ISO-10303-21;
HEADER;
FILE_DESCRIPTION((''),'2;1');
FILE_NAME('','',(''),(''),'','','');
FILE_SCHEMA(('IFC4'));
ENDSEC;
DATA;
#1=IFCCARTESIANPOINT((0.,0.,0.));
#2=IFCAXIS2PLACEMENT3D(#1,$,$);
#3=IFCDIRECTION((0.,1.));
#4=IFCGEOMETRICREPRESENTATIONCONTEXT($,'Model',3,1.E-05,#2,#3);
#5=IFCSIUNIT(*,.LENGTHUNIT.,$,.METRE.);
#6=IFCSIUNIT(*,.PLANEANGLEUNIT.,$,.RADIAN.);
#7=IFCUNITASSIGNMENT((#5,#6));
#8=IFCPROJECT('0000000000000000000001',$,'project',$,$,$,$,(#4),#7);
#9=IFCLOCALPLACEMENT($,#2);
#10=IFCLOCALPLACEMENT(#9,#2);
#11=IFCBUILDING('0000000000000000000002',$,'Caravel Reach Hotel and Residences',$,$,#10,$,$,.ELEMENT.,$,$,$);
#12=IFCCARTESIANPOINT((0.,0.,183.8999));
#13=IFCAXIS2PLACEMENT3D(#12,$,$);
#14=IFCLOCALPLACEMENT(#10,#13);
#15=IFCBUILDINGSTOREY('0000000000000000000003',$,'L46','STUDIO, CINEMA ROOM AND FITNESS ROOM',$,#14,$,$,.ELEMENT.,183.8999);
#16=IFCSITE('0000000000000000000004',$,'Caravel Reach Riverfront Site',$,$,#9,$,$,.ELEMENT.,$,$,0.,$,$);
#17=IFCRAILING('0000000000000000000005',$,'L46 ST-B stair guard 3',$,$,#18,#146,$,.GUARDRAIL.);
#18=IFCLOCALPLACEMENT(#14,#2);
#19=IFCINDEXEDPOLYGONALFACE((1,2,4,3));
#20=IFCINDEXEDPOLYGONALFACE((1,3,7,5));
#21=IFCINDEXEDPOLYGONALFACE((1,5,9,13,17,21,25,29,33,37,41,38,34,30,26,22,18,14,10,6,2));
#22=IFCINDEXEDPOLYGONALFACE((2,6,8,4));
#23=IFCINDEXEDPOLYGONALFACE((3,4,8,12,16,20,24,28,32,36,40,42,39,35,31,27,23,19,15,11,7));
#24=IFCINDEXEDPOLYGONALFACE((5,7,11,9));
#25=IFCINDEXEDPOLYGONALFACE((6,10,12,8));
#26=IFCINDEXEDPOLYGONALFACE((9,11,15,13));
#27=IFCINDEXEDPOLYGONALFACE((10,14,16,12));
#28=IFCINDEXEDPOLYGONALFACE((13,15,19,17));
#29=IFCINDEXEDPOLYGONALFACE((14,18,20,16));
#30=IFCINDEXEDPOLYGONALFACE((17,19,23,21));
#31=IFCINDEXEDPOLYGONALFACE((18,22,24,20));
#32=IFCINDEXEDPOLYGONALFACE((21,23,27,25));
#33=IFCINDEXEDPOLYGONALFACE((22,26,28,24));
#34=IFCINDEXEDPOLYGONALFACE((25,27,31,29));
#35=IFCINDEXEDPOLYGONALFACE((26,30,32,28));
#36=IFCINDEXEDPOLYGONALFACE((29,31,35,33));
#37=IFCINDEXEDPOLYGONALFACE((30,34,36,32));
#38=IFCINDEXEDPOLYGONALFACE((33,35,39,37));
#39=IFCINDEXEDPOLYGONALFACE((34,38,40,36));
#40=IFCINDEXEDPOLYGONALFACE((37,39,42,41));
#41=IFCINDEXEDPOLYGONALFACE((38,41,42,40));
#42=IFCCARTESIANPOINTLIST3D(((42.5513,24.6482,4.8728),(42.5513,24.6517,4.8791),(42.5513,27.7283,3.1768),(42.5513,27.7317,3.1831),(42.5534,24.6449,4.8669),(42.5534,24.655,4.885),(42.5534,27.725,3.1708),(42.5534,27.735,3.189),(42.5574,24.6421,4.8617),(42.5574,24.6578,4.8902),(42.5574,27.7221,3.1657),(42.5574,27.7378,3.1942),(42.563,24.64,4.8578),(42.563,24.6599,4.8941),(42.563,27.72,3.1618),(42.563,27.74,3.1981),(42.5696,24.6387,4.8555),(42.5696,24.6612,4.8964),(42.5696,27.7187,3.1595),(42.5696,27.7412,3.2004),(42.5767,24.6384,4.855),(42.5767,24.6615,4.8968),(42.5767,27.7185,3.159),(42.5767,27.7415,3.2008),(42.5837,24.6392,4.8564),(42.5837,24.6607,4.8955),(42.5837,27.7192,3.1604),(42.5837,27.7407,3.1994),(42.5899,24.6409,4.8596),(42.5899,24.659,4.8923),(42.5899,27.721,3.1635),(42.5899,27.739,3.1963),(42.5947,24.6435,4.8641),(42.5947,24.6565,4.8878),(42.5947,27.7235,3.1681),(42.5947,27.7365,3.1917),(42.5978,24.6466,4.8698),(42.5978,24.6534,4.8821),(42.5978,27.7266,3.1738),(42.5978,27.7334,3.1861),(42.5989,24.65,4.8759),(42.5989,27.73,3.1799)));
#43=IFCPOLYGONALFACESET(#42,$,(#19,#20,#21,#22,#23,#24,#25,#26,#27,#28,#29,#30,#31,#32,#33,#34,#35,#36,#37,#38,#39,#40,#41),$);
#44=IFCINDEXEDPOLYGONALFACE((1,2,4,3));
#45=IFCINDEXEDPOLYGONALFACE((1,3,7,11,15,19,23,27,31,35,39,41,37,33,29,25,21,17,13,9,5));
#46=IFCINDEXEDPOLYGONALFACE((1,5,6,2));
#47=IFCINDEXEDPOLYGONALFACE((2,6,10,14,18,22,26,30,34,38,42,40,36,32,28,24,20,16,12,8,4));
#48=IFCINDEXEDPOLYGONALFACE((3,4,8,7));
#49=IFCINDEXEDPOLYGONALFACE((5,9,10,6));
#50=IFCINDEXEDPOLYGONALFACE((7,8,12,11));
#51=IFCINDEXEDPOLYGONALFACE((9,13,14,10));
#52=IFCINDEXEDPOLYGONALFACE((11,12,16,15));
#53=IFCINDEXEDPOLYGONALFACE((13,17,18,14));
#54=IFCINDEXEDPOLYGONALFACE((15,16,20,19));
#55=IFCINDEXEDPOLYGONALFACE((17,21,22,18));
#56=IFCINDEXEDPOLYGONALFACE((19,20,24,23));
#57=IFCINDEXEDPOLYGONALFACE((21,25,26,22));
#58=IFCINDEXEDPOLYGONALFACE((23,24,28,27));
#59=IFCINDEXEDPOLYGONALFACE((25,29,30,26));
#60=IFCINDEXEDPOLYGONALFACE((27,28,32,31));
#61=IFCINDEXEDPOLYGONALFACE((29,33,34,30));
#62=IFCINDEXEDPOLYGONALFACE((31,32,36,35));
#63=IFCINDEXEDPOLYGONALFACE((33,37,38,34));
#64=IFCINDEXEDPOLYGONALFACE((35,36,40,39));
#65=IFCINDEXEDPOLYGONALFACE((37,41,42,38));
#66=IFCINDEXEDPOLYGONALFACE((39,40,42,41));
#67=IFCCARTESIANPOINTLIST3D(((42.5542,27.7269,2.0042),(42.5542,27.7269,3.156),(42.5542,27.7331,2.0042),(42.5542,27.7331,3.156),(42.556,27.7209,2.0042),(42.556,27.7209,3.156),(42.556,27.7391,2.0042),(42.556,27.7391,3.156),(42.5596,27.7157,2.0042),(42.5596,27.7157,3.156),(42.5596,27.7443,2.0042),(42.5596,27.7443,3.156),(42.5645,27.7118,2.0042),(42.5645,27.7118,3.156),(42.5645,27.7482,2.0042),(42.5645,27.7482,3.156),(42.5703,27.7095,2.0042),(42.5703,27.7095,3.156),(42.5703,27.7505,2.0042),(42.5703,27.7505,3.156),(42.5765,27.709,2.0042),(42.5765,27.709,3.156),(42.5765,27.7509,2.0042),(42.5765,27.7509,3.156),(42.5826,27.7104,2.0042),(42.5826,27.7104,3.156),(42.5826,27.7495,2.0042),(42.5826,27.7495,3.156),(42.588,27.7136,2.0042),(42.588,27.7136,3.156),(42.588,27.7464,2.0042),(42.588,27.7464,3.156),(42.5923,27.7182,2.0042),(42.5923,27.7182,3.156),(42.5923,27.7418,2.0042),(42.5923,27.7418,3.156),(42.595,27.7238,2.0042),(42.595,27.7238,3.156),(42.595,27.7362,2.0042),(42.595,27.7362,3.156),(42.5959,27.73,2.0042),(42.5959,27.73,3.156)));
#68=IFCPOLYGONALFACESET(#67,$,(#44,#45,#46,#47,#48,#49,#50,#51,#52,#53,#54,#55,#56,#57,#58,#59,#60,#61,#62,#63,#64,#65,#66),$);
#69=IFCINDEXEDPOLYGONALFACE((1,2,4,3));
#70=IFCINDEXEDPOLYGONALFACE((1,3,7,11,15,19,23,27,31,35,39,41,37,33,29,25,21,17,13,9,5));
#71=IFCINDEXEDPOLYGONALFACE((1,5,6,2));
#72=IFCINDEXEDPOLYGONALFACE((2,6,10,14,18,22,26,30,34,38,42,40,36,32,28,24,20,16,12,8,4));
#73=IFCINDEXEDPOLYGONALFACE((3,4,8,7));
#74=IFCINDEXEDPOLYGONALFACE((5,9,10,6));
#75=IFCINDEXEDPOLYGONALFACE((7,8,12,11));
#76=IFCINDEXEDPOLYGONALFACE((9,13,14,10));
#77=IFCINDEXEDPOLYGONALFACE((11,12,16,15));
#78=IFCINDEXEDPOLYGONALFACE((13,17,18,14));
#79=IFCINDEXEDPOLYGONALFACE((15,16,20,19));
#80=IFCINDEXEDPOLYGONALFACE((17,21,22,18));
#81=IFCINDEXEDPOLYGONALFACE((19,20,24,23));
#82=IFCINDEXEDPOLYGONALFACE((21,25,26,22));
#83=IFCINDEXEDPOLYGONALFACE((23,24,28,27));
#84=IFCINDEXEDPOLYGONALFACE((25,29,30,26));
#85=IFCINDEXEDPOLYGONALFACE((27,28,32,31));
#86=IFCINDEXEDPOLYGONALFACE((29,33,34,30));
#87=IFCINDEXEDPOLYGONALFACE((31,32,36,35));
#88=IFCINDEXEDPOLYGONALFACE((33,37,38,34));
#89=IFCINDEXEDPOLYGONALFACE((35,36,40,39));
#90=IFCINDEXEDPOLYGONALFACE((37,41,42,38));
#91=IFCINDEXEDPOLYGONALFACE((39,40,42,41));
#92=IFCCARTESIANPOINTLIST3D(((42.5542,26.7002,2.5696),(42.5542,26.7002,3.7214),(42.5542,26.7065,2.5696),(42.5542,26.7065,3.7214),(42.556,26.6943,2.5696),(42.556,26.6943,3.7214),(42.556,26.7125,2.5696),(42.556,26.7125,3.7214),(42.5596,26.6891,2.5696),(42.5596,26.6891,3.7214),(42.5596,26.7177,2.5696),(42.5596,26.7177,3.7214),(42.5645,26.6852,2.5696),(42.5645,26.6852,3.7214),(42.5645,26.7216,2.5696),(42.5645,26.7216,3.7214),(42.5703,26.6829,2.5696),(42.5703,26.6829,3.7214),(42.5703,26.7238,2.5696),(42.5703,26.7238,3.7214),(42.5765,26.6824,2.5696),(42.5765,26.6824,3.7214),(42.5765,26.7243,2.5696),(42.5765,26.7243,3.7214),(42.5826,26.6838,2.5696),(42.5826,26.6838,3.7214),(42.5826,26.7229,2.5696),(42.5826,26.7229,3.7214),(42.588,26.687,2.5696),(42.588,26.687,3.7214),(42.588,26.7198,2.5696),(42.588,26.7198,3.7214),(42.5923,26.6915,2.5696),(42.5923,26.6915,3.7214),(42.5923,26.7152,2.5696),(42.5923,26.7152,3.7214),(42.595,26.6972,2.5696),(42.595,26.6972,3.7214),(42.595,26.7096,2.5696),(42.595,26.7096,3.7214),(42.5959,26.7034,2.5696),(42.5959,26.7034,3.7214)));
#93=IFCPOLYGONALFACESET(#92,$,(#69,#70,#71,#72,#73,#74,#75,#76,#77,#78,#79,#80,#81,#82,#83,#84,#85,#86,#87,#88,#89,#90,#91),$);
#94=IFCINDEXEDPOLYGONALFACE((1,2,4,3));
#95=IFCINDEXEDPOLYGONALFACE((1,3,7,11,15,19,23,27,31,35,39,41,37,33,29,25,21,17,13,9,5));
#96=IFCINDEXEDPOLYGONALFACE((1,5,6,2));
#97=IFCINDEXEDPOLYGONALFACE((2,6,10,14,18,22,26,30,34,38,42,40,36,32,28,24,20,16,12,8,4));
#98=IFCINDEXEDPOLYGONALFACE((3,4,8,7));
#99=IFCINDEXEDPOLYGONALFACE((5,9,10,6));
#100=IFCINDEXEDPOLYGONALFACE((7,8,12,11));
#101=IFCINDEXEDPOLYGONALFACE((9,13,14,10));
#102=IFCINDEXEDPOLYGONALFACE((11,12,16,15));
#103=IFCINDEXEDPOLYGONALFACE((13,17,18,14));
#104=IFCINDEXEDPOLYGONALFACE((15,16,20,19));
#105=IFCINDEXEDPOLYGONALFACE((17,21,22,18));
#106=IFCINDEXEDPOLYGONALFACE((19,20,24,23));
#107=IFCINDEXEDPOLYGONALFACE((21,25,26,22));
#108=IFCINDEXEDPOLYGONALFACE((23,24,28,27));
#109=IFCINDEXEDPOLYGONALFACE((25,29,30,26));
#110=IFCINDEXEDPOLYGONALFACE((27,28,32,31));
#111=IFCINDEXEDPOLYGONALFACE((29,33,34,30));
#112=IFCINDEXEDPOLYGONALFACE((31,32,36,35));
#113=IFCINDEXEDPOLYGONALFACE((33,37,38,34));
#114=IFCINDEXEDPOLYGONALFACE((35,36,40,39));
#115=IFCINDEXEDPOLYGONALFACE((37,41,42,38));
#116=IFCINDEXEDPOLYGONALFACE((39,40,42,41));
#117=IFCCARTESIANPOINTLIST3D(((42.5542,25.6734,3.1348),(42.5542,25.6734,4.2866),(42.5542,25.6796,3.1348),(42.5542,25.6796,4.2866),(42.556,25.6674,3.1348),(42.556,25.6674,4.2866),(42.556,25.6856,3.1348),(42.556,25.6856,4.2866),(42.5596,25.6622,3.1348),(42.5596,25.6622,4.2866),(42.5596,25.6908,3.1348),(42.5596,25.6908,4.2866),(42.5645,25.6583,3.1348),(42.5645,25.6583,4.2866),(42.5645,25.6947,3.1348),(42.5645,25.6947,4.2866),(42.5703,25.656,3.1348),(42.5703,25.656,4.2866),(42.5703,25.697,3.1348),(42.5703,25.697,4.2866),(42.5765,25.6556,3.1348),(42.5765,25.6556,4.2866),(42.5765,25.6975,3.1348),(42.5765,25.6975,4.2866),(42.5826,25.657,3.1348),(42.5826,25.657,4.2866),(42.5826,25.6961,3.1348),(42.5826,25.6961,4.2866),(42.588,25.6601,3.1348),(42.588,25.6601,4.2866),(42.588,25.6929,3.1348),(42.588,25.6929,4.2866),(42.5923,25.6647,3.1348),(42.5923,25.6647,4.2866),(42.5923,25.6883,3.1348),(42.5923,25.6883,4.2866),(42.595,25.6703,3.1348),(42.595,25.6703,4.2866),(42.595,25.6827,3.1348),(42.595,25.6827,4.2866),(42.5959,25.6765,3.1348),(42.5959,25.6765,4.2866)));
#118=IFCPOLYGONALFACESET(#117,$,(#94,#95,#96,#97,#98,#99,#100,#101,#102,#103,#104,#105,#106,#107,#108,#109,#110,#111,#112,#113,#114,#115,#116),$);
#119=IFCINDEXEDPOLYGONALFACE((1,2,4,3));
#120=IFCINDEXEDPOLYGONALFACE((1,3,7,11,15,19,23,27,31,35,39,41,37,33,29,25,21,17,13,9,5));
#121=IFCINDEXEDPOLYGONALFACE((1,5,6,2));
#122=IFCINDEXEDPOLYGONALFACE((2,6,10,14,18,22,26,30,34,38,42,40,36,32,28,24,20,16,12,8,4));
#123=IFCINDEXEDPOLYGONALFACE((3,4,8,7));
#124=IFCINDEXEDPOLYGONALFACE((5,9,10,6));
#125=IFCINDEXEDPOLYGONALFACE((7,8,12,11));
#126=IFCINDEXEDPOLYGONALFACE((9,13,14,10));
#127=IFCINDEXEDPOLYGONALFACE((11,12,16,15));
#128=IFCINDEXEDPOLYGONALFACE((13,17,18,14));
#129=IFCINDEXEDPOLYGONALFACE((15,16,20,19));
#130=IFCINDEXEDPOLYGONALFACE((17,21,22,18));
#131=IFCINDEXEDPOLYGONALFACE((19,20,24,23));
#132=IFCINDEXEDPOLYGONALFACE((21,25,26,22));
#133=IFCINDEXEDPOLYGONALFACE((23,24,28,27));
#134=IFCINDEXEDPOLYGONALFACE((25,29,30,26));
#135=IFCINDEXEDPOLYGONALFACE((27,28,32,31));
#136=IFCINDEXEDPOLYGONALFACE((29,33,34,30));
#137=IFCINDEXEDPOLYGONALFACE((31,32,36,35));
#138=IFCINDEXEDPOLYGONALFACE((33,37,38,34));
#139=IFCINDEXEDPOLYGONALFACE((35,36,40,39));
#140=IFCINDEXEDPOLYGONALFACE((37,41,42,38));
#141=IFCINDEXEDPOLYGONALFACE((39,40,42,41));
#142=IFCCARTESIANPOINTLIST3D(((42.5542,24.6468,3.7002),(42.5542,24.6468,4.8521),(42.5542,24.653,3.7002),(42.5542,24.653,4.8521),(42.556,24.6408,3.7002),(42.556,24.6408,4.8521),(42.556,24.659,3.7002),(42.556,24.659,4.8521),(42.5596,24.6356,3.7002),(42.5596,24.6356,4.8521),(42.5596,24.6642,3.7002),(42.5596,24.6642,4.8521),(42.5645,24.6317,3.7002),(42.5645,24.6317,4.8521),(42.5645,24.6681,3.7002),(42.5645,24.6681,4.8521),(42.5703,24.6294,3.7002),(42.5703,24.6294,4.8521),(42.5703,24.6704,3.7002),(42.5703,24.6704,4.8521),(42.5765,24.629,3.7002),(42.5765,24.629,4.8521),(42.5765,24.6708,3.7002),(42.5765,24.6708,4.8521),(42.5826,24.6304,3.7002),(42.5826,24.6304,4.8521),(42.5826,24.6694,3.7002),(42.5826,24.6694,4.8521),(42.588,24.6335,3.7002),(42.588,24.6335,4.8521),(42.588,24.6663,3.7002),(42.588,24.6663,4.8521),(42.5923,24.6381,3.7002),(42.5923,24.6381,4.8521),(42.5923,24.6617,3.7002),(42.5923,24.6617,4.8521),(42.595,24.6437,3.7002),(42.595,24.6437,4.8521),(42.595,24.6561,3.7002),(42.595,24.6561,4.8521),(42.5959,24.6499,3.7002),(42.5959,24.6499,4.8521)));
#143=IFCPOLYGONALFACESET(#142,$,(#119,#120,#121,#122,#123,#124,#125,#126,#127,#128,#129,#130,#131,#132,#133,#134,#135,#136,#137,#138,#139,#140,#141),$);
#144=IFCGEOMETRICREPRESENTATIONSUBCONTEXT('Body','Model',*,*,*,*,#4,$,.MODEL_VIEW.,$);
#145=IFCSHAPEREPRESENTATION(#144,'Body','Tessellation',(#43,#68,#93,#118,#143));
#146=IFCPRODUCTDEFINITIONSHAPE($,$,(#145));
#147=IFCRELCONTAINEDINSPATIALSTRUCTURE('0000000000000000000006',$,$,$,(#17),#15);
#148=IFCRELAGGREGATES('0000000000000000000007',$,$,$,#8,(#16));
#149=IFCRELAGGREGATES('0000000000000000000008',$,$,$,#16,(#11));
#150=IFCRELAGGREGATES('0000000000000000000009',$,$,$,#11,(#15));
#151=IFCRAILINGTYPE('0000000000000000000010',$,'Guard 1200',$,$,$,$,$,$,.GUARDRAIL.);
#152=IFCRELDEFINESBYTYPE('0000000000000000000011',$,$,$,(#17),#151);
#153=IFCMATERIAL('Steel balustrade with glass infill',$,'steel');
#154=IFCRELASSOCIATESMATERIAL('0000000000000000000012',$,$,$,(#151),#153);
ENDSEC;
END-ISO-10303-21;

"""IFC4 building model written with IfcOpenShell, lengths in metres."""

from ifc_helpers import new_model, si_unit, direction, frame, origin, origin_2d, place, context, subcontext, project, spatial, circle, extrude, material, type_object, element, save


model = new_model("IFC4")

# Units and contexts
model_context = context("Model", 3, precision=1e-05, world=origin(), true_north=direction((0.0, 1.0)))
body_context = subcontext(model_context, "Body", "Model", "MODEL_VIEW")
ifc_project = project(units=[si_unit("LENGTHUNIT", "METRE"), si_unit("PLANEANGLEUNIT", "RADIAN")], contexts=[model_context])

# Site, building, storey
site_placement = place(None, origin())
site = spatial("IfcSite", under=ifc_project, at=site_placement, Name="Caravel Reach Riverfront Site", CompositionType="ELEMENT", RefElevation=0.0)
building_placement = place(site_placement, origin())
building = spatial("IfcBuilding", under=site, at=building_placement, Name="Caravel Reach Hotel and Residences", CompositionType="ELEMENT")
storey_placement = place(building_placement, frame((0.0, 0.0, 183.8999)))
storey = spatial("IfcBuildingStorey", under=building, at=storey_placement, Name="L46", Description="STUDIO, CINEMA ROOM AND FITNESS ROOM", CompositionType="ELEMENT", Elevation=183.8999)

# Railing
ifc_material_1 = material(Name="Steel balustrade with glass infill", Category="steel")
railing_type_1 = type_object("IfcRailingType", Name="Guard 1200", PredefinedType="GUARDRAIL", material=ifc_material_1)
railing_1_placement = place(storey_placement, frame((42.575, 27.73, 2.0042)))
element("IfcRailing", 1, at=railing_1_placement, inside=storey, type_object=railing_type_1, Name="L46 ST-B stair guard 3", PredefinedType="GUARDRAIL", context=body_context, shape_type="SweptSolid", body=[
    extrude(circle(Radius=0.0239, at=origin_2d()), frame((0.0, 0.0, 1.1758), z_axis=(0.0, -0.875975, 0.482356), x_axis=(1.0, 0.0, 0.0)), (0.0, 0.0, 1.0), 3.5161),
    extrude(circle(Radius=0.021, at=origin_2d()), origin(), (0.0, 0.0, 1.0), 1.1519),
    extrude(circle(Radius=0.021, at=origin_2d()), frame((0.0, -1.0266, 0.5654)), (0.0, 0.0, 1.0), 1.1519),
    extrude(circle(Radius=0.021, at=origin_2d()), frame((0.0, -2.0535, 1.1306)), (0.0, 0.0, 1.0), 1.1519),
    extrude(circle(Radius=0.021, at=origin_2d()), frame((0.0, -3.0801, 1.696)), (0.0, 0.0, 1.0), 1.1519),
])

save(model, "model.ifc")
